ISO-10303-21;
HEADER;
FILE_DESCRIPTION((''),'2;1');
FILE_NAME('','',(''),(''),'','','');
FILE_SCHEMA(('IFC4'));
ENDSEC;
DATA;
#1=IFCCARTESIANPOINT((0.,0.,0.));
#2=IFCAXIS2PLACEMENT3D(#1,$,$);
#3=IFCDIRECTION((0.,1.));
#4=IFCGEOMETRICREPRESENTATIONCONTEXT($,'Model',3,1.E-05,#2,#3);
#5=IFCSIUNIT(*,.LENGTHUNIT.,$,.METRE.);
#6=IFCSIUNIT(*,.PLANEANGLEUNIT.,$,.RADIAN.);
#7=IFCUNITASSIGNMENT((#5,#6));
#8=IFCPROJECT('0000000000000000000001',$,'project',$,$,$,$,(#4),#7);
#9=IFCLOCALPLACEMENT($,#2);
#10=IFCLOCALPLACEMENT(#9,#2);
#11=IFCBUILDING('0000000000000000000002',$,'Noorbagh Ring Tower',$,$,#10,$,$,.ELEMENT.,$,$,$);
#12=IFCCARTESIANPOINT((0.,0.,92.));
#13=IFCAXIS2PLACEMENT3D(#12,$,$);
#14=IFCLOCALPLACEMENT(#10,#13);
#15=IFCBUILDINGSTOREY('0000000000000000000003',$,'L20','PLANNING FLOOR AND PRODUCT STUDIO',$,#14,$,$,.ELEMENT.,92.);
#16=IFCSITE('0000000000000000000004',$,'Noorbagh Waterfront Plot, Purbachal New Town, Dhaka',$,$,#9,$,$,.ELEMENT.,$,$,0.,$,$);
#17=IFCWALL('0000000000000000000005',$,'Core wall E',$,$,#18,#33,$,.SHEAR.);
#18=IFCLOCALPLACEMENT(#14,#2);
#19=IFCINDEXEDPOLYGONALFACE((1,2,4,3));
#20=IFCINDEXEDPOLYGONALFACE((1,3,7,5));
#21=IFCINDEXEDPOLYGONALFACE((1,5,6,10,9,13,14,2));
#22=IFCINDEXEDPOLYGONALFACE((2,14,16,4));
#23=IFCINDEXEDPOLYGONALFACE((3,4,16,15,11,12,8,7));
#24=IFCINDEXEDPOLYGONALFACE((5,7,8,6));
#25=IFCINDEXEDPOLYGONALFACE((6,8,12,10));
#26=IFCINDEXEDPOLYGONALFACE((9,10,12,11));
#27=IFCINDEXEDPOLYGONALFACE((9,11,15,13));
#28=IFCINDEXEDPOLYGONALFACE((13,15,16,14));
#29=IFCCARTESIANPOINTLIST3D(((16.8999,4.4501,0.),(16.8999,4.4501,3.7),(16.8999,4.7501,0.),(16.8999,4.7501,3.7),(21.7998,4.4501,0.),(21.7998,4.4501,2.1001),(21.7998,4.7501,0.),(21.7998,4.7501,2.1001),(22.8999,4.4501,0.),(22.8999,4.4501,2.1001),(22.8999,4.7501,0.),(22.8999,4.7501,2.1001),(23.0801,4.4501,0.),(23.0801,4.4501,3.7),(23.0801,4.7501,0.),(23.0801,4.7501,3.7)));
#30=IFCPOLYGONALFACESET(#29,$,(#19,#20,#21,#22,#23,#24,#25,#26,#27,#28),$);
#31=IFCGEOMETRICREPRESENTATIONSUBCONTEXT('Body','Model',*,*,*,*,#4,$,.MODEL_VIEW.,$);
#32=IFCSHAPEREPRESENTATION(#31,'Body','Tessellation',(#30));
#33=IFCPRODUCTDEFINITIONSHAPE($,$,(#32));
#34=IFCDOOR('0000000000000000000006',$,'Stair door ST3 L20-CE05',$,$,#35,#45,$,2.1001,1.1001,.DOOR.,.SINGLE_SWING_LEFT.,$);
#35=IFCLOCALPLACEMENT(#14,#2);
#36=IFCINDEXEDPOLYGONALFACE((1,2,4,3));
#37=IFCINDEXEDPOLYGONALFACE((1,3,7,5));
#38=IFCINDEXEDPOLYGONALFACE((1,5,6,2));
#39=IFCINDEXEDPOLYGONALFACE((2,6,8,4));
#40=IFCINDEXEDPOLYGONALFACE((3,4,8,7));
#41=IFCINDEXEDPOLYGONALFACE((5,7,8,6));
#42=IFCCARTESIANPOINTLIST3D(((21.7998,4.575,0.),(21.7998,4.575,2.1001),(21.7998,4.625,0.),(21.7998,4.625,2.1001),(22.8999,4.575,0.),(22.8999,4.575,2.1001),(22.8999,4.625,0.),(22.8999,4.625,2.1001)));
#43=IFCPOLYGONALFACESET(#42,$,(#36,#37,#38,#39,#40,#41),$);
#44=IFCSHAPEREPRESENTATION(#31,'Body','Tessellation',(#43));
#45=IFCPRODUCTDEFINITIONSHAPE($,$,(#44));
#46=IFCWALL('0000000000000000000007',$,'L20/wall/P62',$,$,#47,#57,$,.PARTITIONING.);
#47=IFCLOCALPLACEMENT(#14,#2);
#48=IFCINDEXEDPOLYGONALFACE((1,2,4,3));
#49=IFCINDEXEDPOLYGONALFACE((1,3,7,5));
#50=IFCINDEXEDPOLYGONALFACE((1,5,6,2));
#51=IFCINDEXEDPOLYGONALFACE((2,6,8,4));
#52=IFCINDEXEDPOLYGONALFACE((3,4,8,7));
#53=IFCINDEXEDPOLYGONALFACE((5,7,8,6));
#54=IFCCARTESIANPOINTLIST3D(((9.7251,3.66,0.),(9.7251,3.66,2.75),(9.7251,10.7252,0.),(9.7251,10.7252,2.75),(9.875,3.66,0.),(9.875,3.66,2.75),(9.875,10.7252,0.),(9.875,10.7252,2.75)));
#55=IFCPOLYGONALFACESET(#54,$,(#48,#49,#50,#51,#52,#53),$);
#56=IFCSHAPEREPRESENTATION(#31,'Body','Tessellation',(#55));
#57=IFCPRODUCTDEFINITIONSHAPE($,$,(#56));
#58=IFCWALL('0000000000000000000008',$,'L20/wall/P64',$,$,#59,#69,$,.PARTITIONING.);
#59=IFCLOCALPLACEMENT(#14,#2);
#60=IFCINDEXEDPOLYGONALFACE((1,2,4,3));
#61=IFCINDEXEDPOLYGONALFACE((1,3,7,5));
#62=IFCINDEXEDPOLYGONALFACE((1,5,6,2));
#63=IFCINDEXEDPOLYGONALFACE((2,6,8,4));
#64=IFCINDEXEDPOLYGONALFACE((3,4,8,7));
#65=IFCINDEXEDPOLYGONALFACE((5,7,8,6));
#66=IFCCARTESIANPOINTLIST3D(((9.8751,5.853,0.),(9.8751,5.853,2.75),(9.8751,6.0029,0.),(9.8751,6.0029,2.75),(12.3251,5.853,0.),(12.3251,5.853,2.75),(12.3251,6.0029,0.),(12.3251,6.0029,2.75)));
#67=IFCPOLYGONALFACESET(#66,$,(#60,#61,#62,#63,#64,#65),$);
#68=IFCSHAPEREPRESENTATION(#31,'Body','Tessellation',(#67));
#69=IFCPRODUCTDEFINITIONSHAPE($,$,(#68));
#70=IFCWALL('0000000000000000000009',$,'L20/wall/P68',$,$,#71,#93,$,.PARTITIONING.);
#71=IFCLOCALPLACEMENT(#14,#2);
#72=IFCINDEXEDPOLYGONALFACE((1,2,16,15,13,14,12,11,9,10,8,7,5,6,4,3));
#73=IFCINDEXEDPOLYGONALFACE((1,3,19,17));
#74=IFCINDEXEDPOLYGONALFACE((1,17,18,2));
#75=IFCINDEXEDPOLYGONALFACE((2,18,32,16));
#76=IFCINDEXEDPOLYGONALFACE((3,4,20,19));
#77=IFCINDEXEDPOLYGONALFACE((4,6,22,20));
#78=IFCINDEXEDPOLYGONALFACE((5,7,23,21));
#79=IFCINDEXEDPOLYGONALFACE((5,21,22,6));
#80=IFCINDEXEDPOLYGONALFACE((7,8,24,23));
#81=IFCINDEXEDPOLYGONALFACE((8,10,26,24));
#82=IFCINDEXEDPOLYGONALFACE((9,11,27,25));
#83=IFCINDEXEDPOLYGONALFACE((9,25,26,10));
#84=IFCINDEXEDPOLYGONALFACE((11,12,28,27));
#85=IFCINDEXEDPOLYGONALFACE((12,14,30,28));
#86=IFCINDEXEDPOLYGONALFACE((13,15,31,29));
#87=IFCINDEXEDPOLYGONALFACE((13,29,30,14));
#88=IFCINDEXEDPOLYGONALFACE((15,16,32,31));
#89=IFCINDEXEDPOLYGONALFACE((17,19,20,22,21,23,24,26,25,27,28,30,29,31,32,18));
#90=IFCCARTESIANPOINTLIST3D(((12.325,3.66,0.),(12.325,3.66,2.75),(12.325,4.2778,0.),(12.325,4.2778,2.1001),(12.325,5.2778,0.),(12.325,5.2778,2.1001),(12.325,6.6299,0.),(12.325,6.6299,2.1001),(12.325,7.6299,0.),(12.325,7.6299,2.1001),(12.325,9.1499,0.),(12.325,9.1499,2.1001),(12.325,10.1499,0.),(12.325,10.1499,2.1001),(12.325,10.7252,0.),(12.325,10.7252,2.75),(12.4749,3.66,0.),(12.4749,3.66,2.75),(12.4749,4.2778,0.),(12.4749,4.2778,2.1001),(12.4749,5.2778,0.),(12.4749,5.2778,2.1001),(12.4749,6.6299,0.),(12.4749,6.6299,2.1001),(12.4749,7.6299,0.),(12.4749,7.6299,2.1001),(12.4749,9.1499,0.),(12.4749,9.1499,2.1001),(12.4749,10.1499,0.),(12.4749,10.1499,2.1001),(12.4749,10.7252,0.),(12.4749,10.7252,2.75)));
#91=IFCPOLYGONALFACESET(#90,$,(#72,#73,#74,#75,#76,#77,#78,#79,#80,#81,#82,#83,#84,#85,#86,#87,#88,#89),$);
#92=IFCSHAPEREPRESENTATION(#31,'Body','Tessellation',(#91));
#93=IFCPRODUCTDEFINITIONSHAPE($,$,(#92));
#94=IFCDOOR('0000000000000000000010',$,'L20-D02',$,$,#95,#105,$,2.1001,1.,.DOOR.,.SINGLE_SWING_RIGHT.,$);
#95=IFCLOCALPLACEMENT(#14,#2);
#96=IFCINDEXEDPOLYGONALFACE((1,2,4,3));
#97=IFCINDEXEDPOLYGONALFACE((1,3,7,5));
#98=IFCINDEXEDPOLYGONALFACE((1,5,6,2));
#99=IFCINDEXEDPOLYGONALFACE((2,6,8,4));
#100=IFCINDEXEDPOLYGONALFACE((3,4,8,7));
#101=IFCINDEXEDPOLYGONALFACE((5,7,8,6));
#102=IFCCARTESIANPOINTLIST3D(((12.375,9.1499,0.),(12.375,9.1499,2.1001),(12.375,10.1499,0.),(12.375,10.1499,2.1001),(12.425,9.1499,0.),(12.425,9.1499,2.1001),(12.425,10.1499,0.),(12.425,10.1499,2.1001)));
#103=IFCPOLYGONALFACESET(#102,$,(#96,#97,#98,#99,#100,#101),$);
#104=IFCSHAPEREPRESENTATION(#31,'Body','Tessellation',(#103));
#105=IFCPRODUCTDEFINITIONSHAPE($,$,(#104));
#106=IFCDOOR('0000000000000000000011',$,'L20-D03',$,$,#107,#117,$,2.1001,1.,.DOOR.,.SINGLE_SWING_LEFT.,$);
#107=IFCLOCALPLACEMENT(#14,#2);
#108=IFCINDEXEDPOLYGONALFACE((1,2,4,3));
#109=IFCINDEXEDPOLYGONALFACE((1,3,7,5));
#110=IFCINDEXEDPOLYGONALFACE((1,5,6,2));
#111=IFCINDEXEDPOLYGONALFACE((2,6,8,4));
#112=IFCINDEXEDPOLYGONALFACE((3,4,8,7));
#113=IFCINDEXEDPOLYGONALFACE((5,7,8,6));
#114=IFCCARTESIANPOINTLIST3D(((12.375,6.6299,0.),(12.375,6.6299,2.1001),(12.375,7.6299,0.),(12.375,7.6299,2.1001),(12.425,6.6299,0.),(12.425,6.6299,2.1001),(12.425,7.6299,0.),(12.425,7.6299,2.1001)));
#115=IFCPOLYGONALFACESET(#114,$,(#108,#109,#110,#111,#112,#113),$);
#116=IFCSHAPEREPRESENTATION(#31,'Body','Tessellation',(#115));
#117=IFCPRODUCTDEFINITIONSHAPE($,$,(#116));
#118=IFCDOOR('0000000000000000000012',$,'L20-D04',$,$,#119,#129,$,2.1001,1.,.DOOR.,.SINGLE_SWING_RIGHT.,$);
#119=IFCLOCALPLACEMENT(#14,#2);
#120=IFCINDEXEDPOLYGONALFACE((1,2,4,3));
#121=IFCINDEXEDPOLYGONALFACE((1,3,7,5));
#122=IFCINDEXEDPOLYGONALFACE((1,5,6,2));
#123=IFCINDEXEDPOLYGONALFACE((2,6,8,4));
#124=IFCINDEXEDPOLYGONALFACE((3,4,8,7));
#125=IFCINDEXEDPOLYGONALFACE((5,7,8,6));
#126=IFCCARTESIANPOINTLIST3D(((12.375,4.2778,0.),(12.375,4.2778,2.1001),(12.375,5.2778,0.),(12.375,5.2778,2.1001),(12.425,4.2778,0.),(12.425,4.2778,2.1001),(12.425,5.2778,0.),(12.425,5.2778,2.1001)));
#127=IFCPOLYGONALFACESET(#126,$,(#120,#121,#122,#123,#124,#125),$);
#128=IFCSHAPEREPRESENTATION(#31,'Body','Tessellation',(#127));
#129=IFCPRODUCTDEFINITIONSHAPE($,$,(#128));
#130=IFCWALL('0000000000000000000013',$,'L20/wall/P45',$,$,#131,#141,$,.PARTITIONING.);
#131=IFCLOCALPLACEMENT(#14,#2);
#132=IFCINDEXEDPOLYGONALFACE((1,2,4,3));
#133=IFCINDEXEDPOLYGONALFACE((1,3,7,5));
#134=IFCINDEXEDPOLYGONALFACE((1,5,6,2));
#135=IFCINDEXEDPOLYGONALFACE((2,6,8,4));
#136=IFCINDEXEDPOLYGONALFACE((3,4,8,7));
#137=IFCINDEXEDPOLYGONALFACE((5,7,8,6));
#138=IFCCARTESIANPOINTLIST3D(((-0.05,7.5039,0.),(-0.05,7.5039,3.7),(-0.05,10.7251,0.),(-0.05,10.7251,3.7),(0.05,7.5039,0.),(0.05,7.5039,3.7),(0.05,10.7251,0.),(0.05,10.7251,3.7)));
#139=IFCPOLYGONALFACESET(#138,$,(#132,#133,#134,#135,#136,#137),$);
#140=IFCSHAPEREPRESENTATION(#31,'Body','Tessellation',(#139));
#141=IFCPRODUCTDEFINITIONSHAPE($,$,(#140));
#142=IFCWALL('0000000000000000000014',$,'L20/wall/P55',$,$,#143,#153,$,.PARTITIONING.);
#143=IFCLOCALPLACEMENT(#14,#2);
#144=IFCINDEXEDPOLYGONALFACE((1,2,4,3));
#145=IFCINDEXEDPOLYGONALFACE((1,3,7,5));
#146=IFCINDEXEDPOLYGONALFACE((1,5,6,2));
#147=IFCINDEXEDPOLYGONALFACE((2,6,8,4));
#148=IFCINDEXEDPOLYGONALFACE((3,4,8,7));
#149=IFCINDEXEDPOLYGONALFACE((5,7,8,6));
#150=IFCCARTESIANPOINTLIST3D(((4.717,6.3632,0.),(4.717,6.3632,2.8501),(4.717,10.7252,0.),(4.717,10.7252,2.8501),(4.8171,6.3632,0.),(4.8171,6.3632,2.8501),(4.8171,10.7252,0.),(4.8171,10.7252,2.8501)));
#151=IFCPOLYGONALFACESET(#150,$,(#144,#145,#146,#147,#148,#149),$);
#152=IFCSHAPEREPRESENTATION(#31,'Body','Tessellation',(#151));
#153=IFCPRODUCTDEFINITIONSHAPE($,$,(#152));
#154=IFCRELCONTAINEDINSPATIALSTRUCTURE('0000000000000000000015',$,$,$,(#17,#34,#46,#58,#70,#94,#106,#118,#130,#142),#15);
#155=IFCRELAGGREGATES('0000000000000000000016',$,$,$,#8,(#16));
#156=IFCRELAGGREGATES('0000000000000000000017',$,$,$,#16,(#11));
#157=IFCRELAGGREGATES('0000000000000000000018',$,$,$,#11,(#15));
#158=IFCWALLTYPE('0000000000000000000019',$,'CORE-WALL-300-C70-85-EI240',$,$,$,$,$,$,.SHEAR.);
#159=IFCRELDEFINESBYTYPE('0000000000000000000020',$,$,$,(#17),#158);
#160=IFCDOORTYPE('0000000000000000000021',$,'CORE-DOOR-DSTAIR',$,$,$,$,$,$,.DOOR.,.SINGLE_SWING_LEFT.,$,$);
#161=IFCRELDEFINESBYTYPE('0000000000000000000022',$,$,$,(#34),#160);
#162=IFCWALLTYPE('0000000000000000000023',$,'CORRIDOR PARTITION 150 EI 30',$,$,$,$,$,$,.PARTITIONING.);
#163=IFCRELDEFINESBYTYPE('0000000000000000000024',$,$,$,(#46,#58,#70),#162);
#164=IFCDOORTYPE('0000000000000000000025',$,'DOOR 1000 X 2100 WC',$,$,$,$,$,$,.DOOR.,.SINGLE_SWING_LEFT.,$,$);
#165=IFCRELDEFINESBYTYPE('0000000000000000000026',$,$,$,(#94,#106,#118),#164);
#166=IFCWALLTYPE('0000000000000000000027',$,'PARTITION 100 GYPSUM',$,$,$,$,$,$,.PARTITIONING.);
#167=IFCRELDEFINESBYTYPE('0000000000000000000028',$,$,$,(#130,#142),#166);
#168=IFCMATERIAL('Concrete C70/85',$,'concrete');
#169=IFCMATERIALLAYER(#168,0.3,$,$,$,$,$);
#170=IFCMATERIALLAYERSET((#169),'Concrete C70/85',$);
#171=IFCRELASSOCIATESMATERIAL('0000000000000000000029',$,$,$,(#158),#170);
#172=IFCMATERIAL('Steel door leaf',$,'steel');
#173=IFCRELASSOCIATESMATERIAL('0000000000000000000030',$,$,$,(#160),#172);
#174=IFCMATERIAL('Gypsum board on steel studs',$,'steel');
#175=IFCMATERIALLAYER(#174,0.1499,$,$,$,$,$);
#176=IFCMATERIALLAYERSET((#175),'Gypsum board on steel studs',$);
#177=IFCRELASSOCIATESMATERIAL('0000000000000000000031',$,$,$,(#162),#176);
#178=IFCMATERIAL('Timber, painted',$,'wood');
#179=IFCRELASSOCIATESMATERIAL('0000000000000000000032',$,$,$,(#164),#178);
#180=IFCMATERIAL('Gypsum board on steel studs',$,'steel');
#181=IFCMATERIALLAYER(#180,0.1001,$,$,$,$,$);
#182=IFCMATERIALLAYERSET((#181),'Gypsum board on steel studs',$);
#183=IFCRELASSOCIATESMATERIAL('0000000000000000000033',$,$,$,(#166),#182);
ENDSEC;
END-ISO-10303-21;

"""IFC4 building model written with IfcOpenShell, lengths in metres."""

from ifc_helpers import new_model, si_unit, direction, frame, frame_2d, origin, place, context, subcontext, project, spatial, rectangle, extrude, material, layer, layer_set, type_object, element, fill, save


model = new_model("IFC4")

# Units and contexts
model_context = context("Model", 3, precision=1e-05, world=origin(), true_north=direction((0.0, 1.0)))
body_context = subcontext(model_context, "Body", "Model", "MODEL_VIEW")
ifc_project = project(units=[si_unit("LENGTHUNIT", "METRE"), si_unit("PLANEANGLEUNIT", "RADIAN")], contexts=[model_context])

# Site, building, storey
site_placement = place(None, origin())
site = spatial("IfcSite", under=ifc_project, at=site_placement, Name="Noorbagh Waterfront Plot, Purbachal New Town, Dhaka", CompositionType="ELEMENT", RefElevation=0.0)
building_placement = place(site_placement, origin())
building = spatial("IfcBuilding", under=site, at=building_placement, Name="Noorbagh Ring Tower", CompositionType="ELEMENT")
storey_placement = place(building_placement, frame((0.0, 0.0, 92.0)))
storey = spatial("IfcBuildingStorey", under=building, at=storey_placement, Name="L20", Description="PLANNING FLOOR AND PRODUCT STUDIO", CompositionType="ELEMENT", Elevation=92.0)

# Wall, opening, door
ifc_material_1 = material(Name="Concrete C70/85", Category="concrete")
ifc_layer_1 = layer(ifc_material_1, 0.3)
ifc_layer_set_1 = layer_set([ifc_layer_1], Name="Concrete C70/85")
wall_type_1 = type_object("IfcWallType", Name="CORE-WALL-300-C70-85-EI240", PredefinedType="SHEAR", material=ifc_layer_set_1)
wall_1_placement = place(storey_placement, frame((16.8999, 4.6001, 0.0), z_axis=(0.0, 0.0, 1.0), x_axis=(1.0, 0.0, 0.0)))
wall_1 = element("IfcWall", 1, at=wall_1_placement, inside=storey, type_object=wall_type_1, Name="Core wall E", PredefinedType="SHEAR", context=body_context, shape_type="SweptSolid", body=[
    extrude(rectangle(XDim=6.1802, YDim=0.3, at=frame_2d((3.0901, 0.0))), origin(), (0.0, 0.0, 1.0), 3.7),
])
opening_1_placement = place(wall_1_placement, frame((4.8999, 0.0, 0.0)))
opening_1 = element("IfcOpeningElement", 2, at=opening_1_placement, cuts=wall_1, PredefinedType="OPENING", context=body_context, shape_type="SweptSolid", body=[
    extrude(rectangle(XDim=1.1001, YDim=2.1001, at=frame_2d((0.55, 1.05))), frame((0.0, 0.1602, 0.0), z_axis=(0.0, -1.0, 0.0), x_axis=(1.0, 0.0, 0.0)), (0.0, 0.0, 1.0), 0.3201),
])
ifc_material_2 = material(Name="Steel door leaf", Category="steel")
door_type_1 = type_object("IfcDoorType", Name="CORE-DOOR-DSTAIR", OperationType="SINGLE_SWING_LEFT", PredefinedType="DOOR", material=ifc_material_2)
door_1_placement = place(opening_1_placement, origin())
door_1 = element("IfcDoor", 3, at=door_1_placement, inside=storey, type_object=door_type_1, Name="Stair door ST3 L20-CE05", OperationType="SINGLE_SWING_LEFT", OverallHeight=2.1001, OverallWidth=1.1001, PredefinedType="DOOR", context=body_context, shape_type="SweptSolid", body=[
    extrude(rectangle(XDim=1.1001, YDim=2.1001, at=frame_2d((0.55, 1.05))), frame((0.0, 0.0249, 0.0), z_axis=(0.0, -1.0, 0.0), x_axis=(1.0, 0.0, 0.0)), (0.0, 0.0, 1.0), 0.05),
])
fill(opening_1, door_1)

# Walls
ifc_material_3 = material(Name="Gypsum board on steel studs", Category="steel")
ifc_layer_2 = layer(ifc_material_3, 0.1499)
ifc_layer_set_2 = layer_set([ifc_layer_2], Name="Gypsum board on steel studs")
wall_type_2 = type_object("IfcWallType", Name="CORRIDOR PARTITION 150 EI 30", PredefinedType="PARTITIONING", material=ifc_layer_set_2)
wall_2_placement = place(storey_placement, frame((9.8, 3.6599, 0.0), z_axis=(0.0, 0.0, 1.0), x_axis=(0.0, 1.0, 0.0)))
element("IfcWall", 4, at=wall_2_placement, inside=storey, type_object=wall_type_2, Name="L20/wall/P62", PredefinedType="PARTITIONING", context=body_context, shape_type="SweptSolid", body=[
    extrude(rectangle(XDim=7.0652, YDim=0.1499, at=frame_2d((3.5327, 0.0))), origin(), (0.0, 0.0, 1.0), 2.75),
])
wall_3_placement = place(storey_placement, frame((9.875, 5.928, 0.0), z_axis=(0.0, 0.0, 1.0), x_axis=(1.0, 0.0, 0.0)))
element("IfcWall", 5, at=wall_3_placement, inside=storey, type_object=wall_type_2, Name="L20/wall/P64", PredefinedType="PARTITIONING", context=body_context, shape_type="SweptSolid", body=[
    extrude(rectangle(XDim=2.45, YDim=0.1499, at=frame_2d((1.2251, 0.0))), origin(), (0.0, 0.0, 1.0), 2.75),
])

# Wall, openings, doors
wall_4_placement = place(storey_placement, frame((12.3999, 3.6599, 0.0), z_axis=(0.0, 0.0, 1.0), x_axis=(0.0, 1.0, 0.0)))
wall_4 = element("IfcWall", 6, at=wall_4_placement, inside=storey, type_object=wall_type_2, Name="L20/wall/P68", PredefinedType="PARTITIONING", context=body_context, shape_type="SweptSolid", body=[
    extrude(rectangle(XDim=7.0652, YDim=0.1499, at=frame_2d((3.5327, 0.0))), origin(), (0.0, 0.0, 1.0), 2.75),
])
opening_2_placement = place(wall_4_placement, frame((5.49, 0.0, 0.0)))
opening_2 = element("IfcOpeningElement", 7, at=opening_2_placement, cuts=wall_4, PredefinedType="OPENING", context=body_context, shape_type="SweptSolid", body=[
    extrude(rectangle(XDim=1.0, YDim=2.1001, at=frame_2d((0.5, 1.05))), frame((0.0, 0.085, 0.0), z_axis=(0.0, -1.0, 0.0), x_axis=(1.0, 0.0, 0.0)), (0.0, 0.0, 1.0), 0.1699),
])
opening_3_placement = place(wall_4_placement, frame((2.97, 0.0, 0.0)))
opening_3 = element("IfcOpeningElement", 8, at=opening_3_placement, cuts=wall_4, PredefinedType="OPENING", context=body_context, shape_type="SweptSolid", body=[
    extrude(rectangle(XDim=1.0, YDim=2.1001, at=frame_2d((0.5, 1.05))), frame((0.0, 0.085, 0.0), z_axis=(0.0, -1.0, 0.0), x_axis=(1.0, 0.0, 0.0)), (0.0, 0.0, 1.0), 0.1699),
])
opening_4_placement = place(wall_4_placement, frame((0.6179, 0.0, 0.0)))
opening_4 = element("IfcOpeningElement", 9, at=opening_4_placement, cuts=wall_4, PredefinedType="OPENING", context=body_context, shape_type="SweptSolid", body=[
    extrude(rectangle(XDim=1.0, YDim=2.1001, at=frame_2d((0.5, 1.05))), frame((0.0, 0.085, 0.0), z_axis=(0.0, -1.0, 0.0), x_axis=(1.0, 0.0, 0.0)), (0.0, 0.0, 1.0), 0.1699),
])
ifc_material_4 = material(Name="Timber, painted", Category="wood")
door_type_2 = type_object("IfcDoorType", Name="DOOR 1000 X 2100 WC", OperationType="SINGLE_SWING_LEFT", PredefinedType="DOOR", material=ifc_material_4)
door_2_placement = place(opening_2_placement, origin())
door_2 = element("IfcDoor", 10, at=door_2_placement, inside=storey, type_object=door_type_2, Name="L20-D02", OperationType="SINGLE_SWING_RIGHT", OverallHeight=2.1001, OverallWidth=1.0, PredefinedType="DOOR", context=body_context, shape_type="SweptSolid", body=[
    extrude(rectangle(XDim=1.0, YDim=2.1001, at=frame_2d((0.5, 1.05))), frame((0.0, 0.0249, 0.0), z_axis=(0.0, -1.0, 0.0), x_axis=(1.0, 0.0, 0.0)), (0.0, 0.0, 1.0), 0.05),
])
fill(opening_2, door_2)
door_3_placement = place(opening_3_placement, origin())
door_3 = element("IfcDoor", 11, at=door_3_placement, inside=storey, type_object=door_type_2, Name="L20-D03", OperationType="SINGLE_SWING_LEFT", OverallHeight=2.1001, OverallWidth=1.0, PredefinedType="DOOR", context=body_context, shape_type="SweptSolid", body=[
    extrude(rectangle(XDim=1.0, YDim=2.1001, at=frame_2d((0.5, 1.05))), frame((0.0, 0.0249, 0.0), z_axis=(0.0, -1.0, 0.0), x_axis=(1.0, 0.0, 0.0)), (0.0, 0.0, 1.0), 0.05),
])
fill(opening_3, door_3)
door_4_placement = place(opening_4_placement, origin())
door_4 = element("IfcDoor", 12, at=door_4_placement, inside=storey, type_object=door_type_2, Name="L20-D04", OperationType="SINGLE_SWING_RIGHT", OverallHeight=2.1001, OverallWidth=1.0, PredefinedType="DOOR", context=body_context, shape_type="SweptSolid", body=[
    extrude(rectangle(XDim=1.0, YDim=2.1001, at=frame_2d((0.5, 1.05))), frame((0.0, 0.0249, 0.0), z_axis=(0.0, -1.0, 0.0), x_axis=(1.0, 0.0, 0.0)), (0.0, 0.0, 1.0), 0.05),
])
fill(opening_4, door_4)

# Walls
ifc_material_5 = material(Name="Gypsum board on steel studs", Category="steel")
ifc_layer_3 = layer(ifc_material_5, 0.1001)
ifc_layer_set_3 = layer_set([ifc_layer_3], Name="Gypsum board on steel studs")
wall_type_3 = type_object("IfcWallType", Name="PARTITION 100 GYPSUM", PredefinedType="PARTITIONING", material=ifc_layer_set_3)
wall_5_placement = place(storey_placement, frame((0.0, 7.5039, 0.0), z_axis=(0.0, 0.0, 1.0), x_axis=(0.0, 1.0, 0.0)))
element("IfcWall", 13, at=wall_5_placement, inside=storey, type_object=wall_type_3, Name="L20/wall/P45", PredefinedType="PARTITIONING", context=body_context, shape_type="SweptSolid", body=[
    extrude(rectangle(XDim=3.2212, YDim=0.1001, at=frame_2d((1.6106, 0.0))), origin(), (0.0, 0.0, 1.0), 3.7),
])
wall_6_placement = place(storey_placement, frame((4.7671, 6.363, 0.0), z_axis=(0.0, 0.0, 1.0), x_axis=(0.0, 1.0, 0.0)))
element("IfcWall", 14, at=wall_6_placement, inside=storey, type_object=wall_type_3, Name="L20/wall/P55", PredefinedType="PARTITIONING", context=body_context, shape_type="SweptSolid", body=[
    extrude(rectangle(XDim=4.3621, YDim=0.1001, at=frame_2d((2.1812, 0.0))), origin(), (0.0, 0.0, 1.0), 2.8501),
])

save(model, "model.ifc")
